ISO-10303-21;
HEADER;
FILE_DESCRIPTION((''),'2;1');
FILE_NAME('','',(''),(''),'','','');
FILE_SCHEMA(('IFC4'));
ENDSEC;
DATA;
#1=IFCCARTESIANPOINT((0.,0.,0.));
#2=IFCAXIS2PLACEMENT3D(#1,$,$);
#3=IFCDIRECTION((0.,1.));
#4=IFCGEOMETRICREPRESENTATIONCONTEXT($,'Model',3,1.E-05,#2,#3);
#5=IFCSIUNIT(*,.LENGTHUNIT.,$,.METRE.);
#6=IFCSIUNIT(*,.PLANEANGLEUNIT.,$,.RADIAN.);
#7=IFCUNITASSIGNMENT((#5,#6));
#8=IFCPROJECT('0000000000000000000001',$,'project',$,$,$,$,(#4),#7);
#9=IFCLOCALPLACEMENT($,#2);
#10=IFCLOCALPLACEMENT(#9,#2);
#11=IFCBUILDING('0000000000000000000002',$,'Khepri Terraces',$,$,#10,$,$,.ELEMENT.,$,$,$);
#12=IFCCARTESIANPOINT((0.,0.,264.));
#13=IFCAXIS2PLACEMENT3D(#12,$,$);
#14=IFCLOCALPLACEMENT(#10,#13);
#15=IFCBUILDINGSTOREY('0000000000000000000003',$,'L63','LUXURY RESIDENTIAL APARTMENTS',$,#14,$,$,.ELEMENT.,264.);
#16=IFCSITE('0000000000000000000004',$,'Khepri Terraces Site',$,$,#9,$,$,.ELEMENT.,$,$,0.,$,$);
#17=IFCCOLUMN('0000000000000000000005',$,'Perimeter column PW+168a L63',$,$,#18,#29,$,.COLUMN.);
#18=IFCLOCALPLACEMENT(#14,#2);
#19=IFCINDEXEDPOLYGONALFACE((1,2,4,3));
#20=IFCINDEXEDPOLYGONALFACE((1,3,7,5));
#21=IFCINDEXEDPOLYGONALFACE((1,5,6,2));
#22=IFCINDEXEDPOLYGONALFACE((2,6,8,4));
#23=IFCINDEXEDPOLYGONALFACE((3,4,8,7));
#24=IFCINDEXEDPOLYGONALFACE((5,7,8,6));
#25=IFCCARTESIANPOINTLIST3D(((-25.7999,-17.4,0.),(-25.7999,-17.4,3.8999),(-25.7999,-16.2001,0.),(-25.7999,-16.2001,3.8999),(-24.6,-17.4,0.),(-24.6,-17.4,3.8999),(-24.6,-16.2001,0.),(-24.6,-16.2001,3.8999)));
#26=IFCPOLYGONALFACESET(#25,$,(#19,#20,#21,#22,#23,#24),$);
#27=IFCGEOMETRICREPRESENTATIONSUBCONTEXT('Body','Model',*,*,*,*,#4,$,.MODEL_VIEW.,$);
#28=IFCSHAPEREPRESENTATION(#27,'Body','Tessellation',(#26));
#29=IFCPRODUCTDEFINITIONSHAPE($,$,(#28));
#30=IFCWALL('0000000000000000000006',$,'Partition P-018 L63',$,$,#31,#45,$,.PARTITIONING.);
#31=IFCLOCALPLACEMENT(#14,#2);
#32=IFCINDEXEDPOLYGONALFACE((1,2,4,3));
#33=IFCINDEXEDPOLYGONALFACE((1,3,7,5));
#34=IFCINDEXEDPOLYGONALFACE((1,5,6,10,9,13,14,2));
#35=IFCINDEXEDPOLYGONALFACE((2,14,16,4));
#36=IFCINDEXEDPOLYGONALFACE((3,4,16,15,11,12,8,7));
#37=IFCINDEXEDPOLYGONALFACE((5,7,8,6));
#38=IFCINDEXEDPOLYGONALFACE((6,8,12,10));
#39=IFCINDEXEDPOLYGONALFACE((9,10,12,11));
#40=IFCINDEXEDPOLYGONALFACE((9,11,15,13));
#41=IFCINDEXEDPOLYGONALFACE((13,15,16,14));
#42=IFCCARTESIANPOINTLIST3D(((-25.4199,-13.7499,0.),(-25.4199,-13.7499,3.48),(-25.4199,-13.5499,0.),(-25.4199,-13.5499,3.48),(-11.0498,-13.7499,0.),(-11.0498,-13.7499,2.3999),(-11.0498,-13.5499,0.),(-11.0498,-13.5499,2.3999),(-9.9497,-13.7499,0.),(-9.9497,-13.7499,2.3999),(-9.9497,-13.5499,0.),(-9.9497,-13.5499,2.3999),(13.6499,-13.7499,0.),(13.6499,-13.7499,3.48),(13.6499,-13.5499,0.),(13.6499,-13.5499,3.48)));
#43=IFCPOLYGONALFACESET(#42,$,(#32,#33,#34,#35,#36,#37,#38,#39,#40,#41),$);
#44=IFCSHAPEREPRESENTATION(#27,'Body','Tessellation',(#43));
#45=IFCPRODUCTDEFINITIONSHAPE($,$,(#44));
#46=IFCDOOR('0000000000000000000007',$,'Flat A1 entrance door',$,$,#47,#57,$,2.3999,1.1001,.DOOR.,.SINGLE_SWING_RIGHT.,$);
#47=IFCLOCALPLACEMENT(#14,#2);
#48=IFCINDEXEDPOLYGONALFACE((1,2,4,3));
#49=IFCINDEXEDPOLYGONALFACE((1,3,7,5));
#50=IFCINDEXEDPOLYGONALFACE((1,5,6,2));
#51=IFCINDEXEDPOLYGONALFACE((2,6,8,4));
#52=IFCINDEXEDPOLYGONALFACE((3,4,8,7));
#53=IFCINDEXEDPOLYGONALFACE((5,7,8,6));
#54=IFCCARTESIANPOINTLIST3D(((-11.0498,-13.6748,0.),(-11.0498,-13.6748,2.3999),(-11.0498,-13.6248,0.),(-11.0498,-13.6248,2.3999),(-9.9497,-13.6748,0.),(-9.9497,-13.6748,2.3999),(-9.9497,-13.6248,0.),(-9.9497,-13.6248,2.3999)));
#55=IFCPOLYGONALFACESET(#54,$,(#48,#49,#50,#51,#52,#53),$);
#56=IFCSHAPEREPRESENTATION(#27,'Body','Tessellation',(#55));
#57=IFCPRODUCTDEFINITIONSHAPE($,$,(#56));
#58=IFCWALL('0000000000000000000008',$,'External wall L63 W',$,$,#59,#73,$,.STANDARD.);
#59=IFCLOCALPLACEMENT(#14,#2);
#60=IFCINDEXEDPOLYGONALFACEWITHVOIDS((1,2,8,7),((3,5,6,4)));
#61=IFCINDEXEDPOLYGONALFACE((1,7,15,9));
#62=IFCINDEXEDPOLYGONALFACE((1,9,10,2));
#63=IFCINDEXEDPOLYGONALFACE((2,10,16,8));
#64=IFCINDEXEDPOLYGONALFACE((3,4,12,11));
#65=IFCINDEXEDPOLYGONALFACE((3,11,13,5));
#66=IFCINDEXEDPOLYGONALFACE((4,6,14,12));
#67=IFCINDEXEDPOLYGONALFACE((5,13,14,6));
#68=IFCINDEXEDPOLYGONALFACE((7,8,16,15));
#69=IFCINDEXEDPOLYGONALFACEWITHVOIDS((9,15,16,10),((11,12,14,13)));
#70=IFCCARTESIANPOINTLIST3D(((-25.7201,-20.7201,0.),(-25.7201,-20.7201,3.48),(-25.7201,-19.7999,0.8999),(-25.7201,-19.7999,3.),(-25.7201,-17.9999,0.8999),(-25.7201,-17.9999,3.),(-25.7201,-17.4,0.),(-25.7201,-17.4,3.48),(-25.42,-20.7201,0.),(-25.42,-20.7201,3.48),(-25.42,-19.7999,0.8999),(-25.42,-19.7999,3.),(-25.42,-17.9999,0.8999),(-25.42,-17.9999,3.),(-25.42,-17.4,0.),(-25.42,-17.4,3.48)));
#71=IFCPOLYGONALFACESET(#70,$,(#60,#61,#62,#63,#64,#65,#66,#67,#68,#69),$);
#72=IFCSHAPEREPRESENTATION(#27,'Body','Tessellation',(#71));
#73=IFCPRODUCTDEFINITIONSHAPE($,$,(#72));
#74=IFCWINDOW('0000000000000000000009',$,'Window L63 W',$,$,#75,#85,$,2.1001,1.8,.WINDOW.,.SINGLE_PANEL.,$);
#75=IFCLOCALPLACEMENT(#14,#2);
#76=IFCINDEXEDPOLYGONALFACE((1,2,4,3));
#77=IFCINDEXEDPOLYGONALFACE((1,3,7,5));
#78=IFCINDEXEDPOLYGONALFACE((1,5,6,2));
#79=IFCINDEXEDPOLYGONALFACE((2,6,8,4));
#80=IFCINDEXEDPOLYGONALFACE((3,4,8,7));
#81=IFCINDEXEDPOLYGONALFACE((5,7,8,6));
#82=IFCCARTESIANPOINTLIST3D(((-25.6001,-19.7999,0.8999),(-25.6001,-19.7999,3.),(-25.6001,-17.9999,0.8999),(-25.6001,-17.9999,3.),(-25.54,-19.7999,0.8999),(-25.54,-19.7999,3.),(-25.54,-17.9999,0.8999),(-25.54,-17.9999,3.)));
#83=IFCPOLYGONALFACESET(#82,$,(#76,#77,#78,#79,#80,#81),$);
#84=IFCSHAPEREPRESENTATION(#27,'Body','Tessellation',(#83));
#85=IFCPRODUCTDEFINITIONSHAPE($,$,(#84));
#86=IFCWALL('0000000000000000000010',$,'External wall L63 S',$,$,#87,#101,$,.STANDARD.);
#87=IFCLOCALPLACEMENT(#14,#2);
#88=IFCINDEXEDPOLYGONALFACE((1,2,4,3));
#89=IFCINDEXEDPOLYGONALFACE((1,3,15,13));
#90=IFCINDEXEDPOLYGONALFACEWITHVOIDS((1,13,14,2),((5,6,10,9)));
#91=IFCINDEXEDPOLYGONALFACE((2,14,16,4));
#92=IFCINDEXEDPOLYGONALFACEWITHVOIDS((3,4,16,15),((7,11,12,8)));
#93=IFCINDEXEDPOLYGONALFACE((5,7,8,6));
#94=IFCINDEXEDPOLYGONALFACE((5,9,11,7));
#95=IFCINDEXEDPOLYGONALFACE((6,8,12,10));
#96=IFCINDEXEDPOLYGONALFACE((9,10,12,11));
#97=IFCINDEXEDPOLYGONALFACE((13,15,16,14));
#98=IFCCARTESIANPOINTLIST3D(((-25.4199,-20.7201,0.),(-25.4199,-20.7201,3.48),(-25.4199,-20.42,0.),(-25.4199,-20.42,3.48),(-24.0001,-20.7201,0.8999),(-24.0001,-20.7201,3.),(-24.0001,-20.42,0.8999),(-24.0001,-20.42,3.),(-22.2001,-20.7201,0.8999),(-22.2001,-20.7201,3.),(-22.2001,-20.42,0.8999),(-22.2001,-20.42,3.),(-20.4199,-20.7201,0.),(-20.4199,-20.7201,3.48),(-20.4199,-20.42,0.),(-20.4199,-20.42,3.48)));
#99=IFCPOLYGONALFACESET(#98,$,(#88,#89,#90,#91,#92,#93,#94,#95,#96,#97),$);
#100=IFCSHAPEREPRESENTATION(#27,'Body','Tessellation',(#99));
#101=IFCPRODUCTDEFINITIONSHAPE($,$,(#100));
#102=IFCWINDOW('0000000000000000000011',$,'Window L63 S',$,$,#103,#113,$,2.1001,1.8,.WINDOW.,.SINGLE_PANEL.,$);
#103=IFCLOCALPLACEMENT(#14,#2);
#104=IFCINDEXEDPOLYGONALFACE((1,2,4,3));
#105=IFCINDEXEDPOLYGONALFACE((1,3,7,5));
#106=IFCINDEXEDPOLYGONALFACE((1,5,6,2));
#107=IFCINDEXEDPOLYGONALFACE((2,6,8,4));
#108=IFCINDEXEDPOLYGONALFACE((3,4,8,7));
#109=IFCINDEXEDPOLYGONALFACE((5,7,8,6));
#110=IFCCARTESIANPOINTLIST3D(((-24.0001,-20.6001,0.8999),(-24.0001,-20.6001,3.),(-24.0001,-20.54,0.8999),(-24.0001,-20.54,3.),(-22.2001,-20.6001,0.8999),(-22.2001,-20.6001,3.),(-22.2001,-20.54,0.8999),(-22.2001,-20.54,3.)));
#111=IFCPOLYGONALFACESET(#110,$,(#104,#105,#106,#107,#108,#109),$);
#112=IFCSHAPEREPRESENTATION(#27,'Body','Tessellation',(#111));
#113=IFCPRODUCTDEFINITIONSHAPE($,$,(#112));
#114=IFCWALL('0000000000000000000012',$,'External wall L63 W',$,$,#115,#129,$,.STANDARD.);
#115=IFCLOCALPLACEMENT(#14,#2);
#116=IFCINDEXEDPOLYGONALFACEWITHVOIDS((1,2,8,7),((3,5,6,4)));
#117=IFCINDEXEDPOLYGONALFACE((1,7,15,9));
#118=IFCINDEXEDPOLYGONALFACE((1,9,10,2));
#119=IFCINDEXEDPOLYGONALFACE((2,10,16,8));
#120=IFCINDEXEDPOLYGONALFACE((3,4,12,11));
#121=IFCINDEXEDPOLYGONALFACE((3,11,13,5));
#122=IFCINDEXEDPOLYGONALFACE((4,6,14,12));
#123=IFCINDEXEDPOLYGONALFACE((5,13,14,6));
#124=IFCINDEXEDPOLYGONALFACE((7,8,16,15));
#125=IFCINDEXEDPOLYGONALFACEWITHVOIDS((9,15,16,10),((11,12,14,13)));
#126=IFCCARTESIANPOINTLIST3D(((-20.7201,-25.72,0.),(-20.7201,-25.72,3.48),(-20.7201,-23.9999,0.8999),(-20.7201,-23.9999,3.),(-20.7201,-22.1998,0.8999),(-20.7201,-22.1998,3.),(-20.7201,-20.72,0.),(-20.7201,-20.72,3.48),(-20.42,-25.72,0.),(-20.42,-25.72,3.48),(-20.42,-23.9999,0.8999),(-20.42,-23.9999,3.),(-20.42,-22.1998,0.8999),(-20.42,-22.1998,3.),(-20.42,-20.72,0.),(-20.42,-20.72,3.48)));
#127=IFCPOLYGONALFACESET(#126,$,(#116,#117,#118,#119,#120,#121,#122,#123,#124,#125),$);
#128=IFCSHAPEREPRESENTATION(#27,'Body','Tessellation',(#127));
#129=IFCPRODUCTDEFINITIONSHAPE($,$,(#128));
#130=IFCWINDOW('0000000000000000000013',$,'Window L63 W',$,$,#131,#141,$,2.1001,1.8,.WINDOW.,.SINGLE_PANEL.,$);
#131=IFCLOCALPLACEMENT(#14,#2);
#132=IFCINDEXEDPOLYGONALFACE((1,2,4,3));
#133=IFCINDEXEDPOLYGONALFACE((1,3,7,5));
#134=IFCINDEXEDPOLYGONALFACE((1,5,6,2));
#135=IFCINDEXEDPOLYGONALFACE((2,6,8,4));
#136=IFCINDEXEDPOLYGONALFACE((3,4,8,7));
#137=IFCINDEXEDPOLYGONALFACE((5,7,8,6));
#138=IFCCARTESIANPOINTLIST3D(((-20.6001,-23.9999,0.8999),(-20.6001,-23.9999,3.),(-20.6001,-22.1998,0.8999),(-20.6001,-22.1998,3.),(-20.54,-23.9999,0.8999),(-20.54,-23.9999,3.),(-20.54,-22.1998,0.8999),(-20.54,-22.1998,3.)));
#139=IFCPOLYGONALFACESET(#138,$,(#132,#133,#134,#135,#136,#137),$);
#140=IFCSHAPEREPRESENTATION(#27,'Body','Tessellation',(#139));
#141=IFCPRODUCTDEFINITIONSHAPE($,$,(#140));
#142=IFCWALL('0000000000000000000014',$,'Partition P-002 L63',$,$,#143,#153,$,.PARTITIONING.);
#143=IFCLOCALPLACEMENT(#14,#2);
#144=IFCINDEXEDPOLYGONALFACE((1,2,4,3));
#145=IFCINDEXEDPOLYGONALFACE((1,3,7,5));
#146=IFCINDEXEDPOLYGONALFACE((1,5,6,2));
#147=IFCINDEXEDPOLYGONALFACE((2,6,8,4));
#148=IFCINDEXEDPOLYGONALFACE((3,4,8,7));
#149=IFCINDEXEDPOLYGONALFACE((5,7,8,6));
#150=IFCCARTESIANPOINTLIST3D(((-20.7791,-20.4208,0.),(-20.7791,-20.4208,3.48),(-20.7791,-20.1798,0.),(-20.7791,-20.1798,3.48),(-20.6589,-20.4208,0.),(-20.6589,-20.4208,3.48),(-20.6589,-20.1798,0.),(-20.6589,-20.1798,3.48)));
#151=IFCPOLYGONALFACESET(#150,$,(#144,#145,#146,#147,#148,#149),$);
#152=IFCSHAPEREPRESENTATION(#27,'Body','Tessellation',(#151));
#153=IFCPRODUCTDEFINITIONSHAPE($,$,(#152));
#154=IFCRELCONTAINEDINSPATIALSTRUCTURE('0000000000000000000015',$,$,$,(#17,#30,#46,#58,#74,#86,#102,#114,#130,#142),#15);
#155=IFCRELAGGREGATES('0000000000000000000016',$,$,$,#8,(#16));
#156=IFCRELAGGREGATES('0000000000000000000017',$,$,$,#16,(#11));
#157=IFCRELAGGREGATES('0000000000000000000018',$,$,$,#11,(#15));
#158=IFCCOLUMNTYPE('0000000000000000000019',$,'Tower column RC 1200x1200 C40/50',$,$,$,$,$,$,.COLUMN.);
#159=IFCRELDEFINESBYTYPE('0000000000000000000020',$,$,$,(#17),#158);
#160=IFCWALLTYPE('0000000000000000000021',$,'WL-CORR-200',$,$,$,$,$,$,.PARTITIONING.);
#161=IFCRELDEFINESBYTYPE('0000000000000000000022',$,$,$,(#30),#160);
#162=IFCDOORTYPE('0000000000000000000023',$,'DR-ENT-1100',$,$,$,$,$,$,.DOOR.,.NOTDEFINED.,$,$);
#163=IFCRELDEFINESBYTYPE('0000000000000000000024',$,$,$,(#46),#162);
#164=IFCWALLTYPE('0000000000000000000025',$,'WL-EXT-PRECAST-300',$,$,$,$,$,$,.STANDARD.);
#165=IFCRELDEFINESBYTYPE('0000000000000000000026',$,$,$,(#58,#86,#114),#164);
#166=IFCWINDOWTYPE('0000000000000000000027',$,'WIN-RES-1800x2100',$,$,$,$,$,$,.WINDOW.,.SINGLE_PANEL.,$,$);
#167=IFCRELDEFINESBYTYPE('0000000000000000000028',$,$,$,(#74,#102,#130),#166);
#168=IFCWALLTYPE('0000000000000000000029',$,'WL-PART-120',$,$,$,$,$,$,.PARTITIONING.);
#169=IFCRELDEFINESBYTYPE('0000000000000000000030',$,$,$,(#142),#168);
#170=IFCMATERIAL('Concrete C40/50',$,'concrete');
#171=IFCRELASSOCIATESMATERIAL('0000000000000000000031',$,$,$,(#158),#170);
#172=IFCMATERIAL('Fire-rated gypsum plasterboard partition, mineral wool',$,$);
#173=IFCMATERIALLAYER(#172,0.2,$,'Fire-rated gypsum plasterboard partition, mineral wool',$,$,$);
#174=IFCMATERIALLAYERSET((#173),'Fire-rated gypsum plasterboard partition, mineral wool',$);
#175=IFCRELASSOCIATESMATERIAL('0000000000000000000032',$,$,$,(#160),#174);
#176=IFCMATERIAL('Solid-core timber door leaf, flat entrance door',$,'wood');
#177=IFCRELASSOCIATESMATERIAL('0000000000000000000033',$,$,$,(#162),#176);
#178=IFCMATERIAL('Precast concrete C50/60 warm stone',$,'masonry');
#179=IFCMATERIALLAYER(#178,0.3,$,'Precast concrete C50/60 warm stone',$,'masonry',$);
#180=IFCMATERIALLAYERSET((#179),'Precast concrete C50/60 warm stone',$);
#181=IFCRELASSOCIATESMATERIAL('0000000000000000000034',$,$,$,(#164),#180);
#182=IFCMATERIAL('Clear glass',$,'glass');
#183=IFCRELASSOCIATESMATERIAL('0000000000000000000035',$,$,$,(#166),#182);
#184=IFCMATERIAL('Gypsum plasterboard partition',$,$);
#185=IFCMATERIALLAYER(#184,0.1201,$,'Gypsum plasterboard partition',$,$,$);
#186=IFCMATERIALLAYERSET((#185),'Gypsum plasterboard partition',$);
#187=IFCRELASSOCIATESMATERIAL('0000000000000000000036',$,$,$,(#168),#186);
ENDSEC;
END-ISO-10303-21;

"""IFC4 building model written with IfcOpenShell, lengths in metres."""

from ifc_helpers import new_model, si_unit, direction, frame, frame_2d, origin, origin_2d, place, context, subcontext, project, spatial, rectangle, extrude, material, layer, layer_set, material_profile, profile_set, type_object, element, fill, save


model = new_model("IFC4")

# Units and contexts
model_context = context("Model", 3, precision=1e-05, world=origin(), true_north=direction((0.0, 1.0)))
body_context = subcontext(model_context, "Body", "Model", "MODEL_VIEW")
ifc_project = project(units=[si_unit("LENGTHUNIT", "METRE"), si_unit("PLANEANGLEUNIT", "RADIAN")], contexts=[model_context])

# Site, building, storey
site_placement = place(None, origin())
site = spatial("IfcSite", under=ifc_project, at=site_placement, Name="Khepri Terraces Site", CompositionType="ELEMENT", RefElevation=0.0)
building_placement = place(site_placement, origin())
building = spatial("IfcBuilding", under=site, at=building_placement, Name="Khepri Terraces", CompositionType="ELEMENT")
storey_placement = place(building_placement, frame((0.0, 0.0, 264.0)))
storey = spatial("IfcBuildingStorey", under=building, at=storey_placement, Name="L63", Description="LUXURY RESIDENTIAL APARTMENTS", CompositionType="ELEMENT", Elevation=264.0)

# Column
ifc_material_1 = material(Name="Concrete C40/50", Category="concrete")
ifc_material_profile = material_profile(ifc_material_1, rectangle(XDim=1.2, YDim=1.2, at=origin_2d()), Name="Concrete C40/50", Category="concrete")
ifc_profile_set = profile_set([ifc_material_profile], Name="Concrete C40/50")
column_type = type_object("IfcColumnType", Name="Tower column RC 1200x1200 C40/50", PredefinedType="COLUMN", material=ifc_profile_set)
column_placement = place(storey_placement, frame((-25.2, -16.8, 0.0), z_axis=(0.0, 0.0, 1.0), x_axis=(1.0, 0.0, 0.0)))
element("IfcColumn", 1, at=column_placement, inside=storey, type_object=column_type, Name="Perimeter column PW+168a L63", PredefinedType="COLUMN", context=body_context, shape_type="SweptSolid", body=[
    extrude(rectangle(XDim=1.2, YDim=1.2, at=origin_2d()), origin(), (0.0, 0.0, 1.0), 3.8999),
])

# Wall, opening, door
ifc_material_2 = material(Name="Fire-rated gypsum plasterboard partition, mineral wool")
ifc_layer_1 = layer(ifc_material_2, 0.2, Name="Fire-rated gypsum plasterboard partition, mineral wool")
ifc_layer_set_1 = layer_set([ifc_layer_1], Name="Fire-rated gypsum plasterboard partition, mineral wool")
wall_type_1 = type_object("IfcWallType", Name="WL-CORR-200", PredefinedType="PARTITIONING", material=ifc_layer_set_1)
wall_1_placement = place(storey_placement, frame((-25.4199, -13.6499, 0.0), z_axis=(0.0, 0.0, 1.0), x_axis=(1.0, 0.0, 0.0)))
wall_1 = element("IfcWall", 2, at=wall_1_placement, inside=storey, type_object=wall_type_1, Name="Partition P-018 L63", PredefinedType="PARTITIONING", context=body_context, shape_type="SweptSolid", body=[
    extrude(rectangle(XDim=39.0698, YDim=0.2, at=frame_2d((19.5349, 0.0))), origin(), (0.0, 0.0, 1.0), 3.48),
])
opening_1_placement = place(wall_1_placement, frame((14.3701, 0.0, 0.0)))
opening_1 = element("IfcOpeningElement", 3, at=opening_1_placement, cuts=wall_1, PredefinedType="OPENING", context=body_context, shape_type="SweptSolid", body=[
    extrude(rectangle(XDim=1.1001, YDim=2.3999, at=frame_2d((0.55, 1.2))), frame((0.0, 0.1099, 0.0), z_axis=(0.0, -1.0, 0.0), x_axis=(1.0, 0.0, 0.0)), (0.0, 0.0, 1.0), 0.22),
])
ifc_material_3 = material(Name="Solid-core timber door leaf, flat entrance door", Category="wood")
door_type_1 = type_object("IfcDoorType", Name="DR-ENT-1100", OperationType="NOTDEFINED", PredefinedType="DOOR", material=ifc_material_3)
door_1_placement = place(opening_1_placement, frame((1.1001, 0.0, 0.0), z_axis=(0.0, 0.0, 1.0), x_axis=(-1.0, 0.0, 0.0)))
door_1 = element("IfcDoor", 4, at=door_1_placement, inside=storey, type_object=door_type_1, Name="Flat A1 entrance door", OperationType="SINGLE_SWING_RIGHT", OverallHeight=2.3999, OverallWidth=1.1001, PredefinedType="DOOR", context=body_context, shape_type="SweptSolid", body=[
    extrude(rectangle(XDim=1.1001, YDim=2.3999, at=frame_2d((0.55, 1.2))), frame((0.0, 0.0249, 0.0), z_axis=(0.0, -1.0, 0.0), x_axis=(1.0, 0.0, 0.0)), (0.0, 0.0, 1.0), 0.05),
])
fill(opening_1, door_1)

# Walls, openings, windows
ifc_material_4 = material(Name="Precast concrete C50/60 warm stone", Category="masonry")
ifc_layer_2 = layer(ifc_material_4, 0.3, Name="Precast concrete C50/60 warm stone", Category="masonry")
ifc_layer_set_2 = layer_set([ifc_layer_2], Name="Precast concrete C50/60 warm stone")
wall_type_2 = type_object("IfcWallType", Name="WL-EXT-PRECAST-300", PredefinedType="STANDARD", material=ifc_layer_set_2)
wall_2_placement = place(storey_placement, frame((-25.5701, -17.3999, 0.0), z_axis=(0.0, 0.0, 1.0), x_axis=(0.0, -1.0, 0.0)))
wall_2 = element("IfcWall", 5, at=wall_2_placement, inside=storey, type_object=wall_type_2, Name="External wall L63 W", PredefinedType="STANDARD", context=body_context, shape_type="SweptSolid", body=[
    extrude(rectangle(XDim=3.3201, YDim=0.3, at=frame_2d((1.6602, 0.0))), origin(), (0.0, 0.0, 1.0), 3.48),
])
opening_2_placement = place(wall_2_placement, frame((0.6001, 0.0, 0.8999)))
opening_2 = element("IfcOpeningElement", 6, at=opening_2_placement, cuts=wall_2, PredefinedType="OPENING", context=body_context, shape_type="SweptSolid", body=[
    extrude(rectangle(XDim=1.8, YDim=2.1001, at=frame_2d((0.8999, 1.05))), frame((0.0, 0.1602, 0.0), z_axis=(0.0, -1.0, 0.0), x_axis=(1.0, 0.0, 0.0)), (0.0, 0.0, 1.0), 0.3201),
])
ifc_material_5 = material(Name="Clear glass", Category="glass")
window_type = type_object("IfcWindowType", Name="WIN-RES-1800x2100", PartitioningType="SINGLE_PANEL", PredefinedType="WINDOW", material=ifc_material_5)
window_1_placement = place(opening_2_placement, origin())
window_1 = element("IfcWindow", 7, at=window_1_placement, inside=storey, type_object=window_type, Name="Window L63 W", OverallHeight=2.1001, OverallWidth=1.8, PartitioningType="SINGLE_PANEL", PredefinedType="WINDOW", context=body_context, shape_type="SweptSolid", body=[
    extrude(rectangle(XDim=1.8, YDim=2.1001, at=frame_2d((0.8999, 1.05))), frame((0.0, 0.03, 0.0), z_axis=(0.0, -1.0, 0.0), x_axis=(1.0, 0.0, 0.0)), (0.0, 0.0, 1.0), 0.0601),
])
fill(opening_2, window_1)
wall_3_placement = place(storey_placement, frame((-25.4199, -20.5701, 0.0), z_axis=(0.0, 0.0, 1.0), x_axis=(1.0, 0.0, 0.0)))
wall_3 = element("IfcWall", 8, at=wall_3_placement, inside=storey, type_object=wall_type_2, Name="External wall L63 S", PredefinedType="STANDARD", context=body_context, shape_type="SweptSolid", body=[
    extrude(rectangle(XDim=5.0, YDim=0.3, at=frame_2d((2.5, 0.0))), origin(), (0.0, 0.0, 1.0), 3.48),
])
opening_3_placement = place(wall_3_placement, frame((1.4199, 0.0, 0.8999)))
opening_3 = element("IfcOpeningElement", 9, at=opening_3_placement, cuts=wall_3, PredefinedType="OPENING", context=body_context, shape_type="SweptSolid", body=[
    extrude(rectangle(XDim=1.8, YDim=2.1001, at=frame_2d((0.8999, 1.05))), frame((0.0, 0.1602, 0.0), z_axis=(0.0, -1.0, 0.0), x_axis=(1.0, 0.0, 0.0)), (0.0, 0.0, 1.0), 0.3201),
])
window_2_placement = place(opening_3_placement, origin())
window_2 = element("IfcWindow", 10, at=window_2_placement, inside=storey, type_object=window_type, Name="Window L63 S", OverallHeight=2.1001, OverallWidth=1.8, PartitioningType="SINGLE_PANEL", PredefinedType="WINDOW", context=body_context, shape_type="SweptSolid", body=[
    extrude(rectangle(XDim=1.8, YDim=2.1001, at=frame_2d((0.8999, 1.05))), frame((0.0, 0.03, 0.0), z_axis=(0.0, -1.0, 0.0), x_axis=(1.0, 0.0, 0.0)), (0.0, 0.0, 1.0), 0.0601),
])
fill(opening_3, window_2)
wall_4_placement = place(storey_placement, frame((-20.5701, -20.72, 0.0), z_axis=(0.0, 0.0, 1.0), x_axis=(0.0, -1.0, 0.0)))
wall_4 = element("IfcWall", 11, at=wall_4_placement, inside=storey, type_object=wall_type_2, Name="External wall L63 W", PredefinedType="STANDARD", context=body_context, shape_type="SweptSolid", body=[
    extrude(rectangle(XDim=5.0, YDim=0.3, at=frame_2d((2.5, 0.0))), origin(), (0.0, 0.0, 1.0), 3.48),
])
opening_4_placement = place(wall_4_placement, frame((1.48, 0.0, 0.8999)))
opening_4 = element("IfcOpeningElement", 12, at=opening_4_placement, cuts=wall_4, PredefinedType="OPENING", context=body_context, shape_type="SweptSolid", body=[
    extrude(rectangle(XDim=1.8, YDim=2.1001, at=frame_2d((0.8999, 1.05))), frame((0.0, 0.1602, 0.0), z_axis=(0.0, -1.0, 0.0), x_axis=(1.0, 0.0, 0.0)), (0.0, 0.0, 1.0), 0.3201),
])
window_3_placement = place(opening_4_placement, origin())
window_3 = element("IfcWindow", 13, at=window_3_placement, inside=storey, type_object=window_type, Name="Window L63 W", OverallHeight=2.1001, OverallWidth=1.8, PartitioningType="SINGLE_PANEL", PredefinedType="WINDOW", context=body_context, shape_type="SweptSolid", body=[
    extrude(rectangle(XDim=1.8, YDim=2.1001, at=frame_2d((0.8999, 1.05))), frame((0.0, 0.03, 0.0), z_axis=(0.0, -1.0, 0.0), x_axis=(1.0, 0.0, 0.0)), (0.0, 0.0, 1.0), 0.0601),
])
fill(opening_4, window_3)

# Wall
ifc_material_6 = material(Name="Gypsum plasterboard partition")
ifc_layer_3 = layer(ifc_material_6, 0.1201, Name="Gypsum plasterboard partition")
ifc_layer_set_3 = layer_set([ifc_layer_3], Name="Gypsum plasterboard partition")
wall_type_3 = type_object("IfcWallType", Name="WL-PART-120", PredefinedType="PARTITIONING", material=ifc_layer_set_3)
wall_5_placement = place(storey_placement, frame((-20.719, -20.4209, 0.0), z_axis=(0.0, 0.0, 1.0), x_axis=(0.0, 1.0, 0.0)))
element("IfcWall", 14, at=wall_5_placement, inside=storey, type_object=wall_type_3, Name="Partition P-002 L63", PredefinedType="PARTITIONING", context=body_context, shape_type="SweptSolid", body=[
    extrude(rectangle(XDim=0.241, YDim=0.1201, at=frame_2d((0.1206, 0.0))), origin(), (0.0, 0.0, 1.0), 3.48),
])

save(model, "model.ifc")
